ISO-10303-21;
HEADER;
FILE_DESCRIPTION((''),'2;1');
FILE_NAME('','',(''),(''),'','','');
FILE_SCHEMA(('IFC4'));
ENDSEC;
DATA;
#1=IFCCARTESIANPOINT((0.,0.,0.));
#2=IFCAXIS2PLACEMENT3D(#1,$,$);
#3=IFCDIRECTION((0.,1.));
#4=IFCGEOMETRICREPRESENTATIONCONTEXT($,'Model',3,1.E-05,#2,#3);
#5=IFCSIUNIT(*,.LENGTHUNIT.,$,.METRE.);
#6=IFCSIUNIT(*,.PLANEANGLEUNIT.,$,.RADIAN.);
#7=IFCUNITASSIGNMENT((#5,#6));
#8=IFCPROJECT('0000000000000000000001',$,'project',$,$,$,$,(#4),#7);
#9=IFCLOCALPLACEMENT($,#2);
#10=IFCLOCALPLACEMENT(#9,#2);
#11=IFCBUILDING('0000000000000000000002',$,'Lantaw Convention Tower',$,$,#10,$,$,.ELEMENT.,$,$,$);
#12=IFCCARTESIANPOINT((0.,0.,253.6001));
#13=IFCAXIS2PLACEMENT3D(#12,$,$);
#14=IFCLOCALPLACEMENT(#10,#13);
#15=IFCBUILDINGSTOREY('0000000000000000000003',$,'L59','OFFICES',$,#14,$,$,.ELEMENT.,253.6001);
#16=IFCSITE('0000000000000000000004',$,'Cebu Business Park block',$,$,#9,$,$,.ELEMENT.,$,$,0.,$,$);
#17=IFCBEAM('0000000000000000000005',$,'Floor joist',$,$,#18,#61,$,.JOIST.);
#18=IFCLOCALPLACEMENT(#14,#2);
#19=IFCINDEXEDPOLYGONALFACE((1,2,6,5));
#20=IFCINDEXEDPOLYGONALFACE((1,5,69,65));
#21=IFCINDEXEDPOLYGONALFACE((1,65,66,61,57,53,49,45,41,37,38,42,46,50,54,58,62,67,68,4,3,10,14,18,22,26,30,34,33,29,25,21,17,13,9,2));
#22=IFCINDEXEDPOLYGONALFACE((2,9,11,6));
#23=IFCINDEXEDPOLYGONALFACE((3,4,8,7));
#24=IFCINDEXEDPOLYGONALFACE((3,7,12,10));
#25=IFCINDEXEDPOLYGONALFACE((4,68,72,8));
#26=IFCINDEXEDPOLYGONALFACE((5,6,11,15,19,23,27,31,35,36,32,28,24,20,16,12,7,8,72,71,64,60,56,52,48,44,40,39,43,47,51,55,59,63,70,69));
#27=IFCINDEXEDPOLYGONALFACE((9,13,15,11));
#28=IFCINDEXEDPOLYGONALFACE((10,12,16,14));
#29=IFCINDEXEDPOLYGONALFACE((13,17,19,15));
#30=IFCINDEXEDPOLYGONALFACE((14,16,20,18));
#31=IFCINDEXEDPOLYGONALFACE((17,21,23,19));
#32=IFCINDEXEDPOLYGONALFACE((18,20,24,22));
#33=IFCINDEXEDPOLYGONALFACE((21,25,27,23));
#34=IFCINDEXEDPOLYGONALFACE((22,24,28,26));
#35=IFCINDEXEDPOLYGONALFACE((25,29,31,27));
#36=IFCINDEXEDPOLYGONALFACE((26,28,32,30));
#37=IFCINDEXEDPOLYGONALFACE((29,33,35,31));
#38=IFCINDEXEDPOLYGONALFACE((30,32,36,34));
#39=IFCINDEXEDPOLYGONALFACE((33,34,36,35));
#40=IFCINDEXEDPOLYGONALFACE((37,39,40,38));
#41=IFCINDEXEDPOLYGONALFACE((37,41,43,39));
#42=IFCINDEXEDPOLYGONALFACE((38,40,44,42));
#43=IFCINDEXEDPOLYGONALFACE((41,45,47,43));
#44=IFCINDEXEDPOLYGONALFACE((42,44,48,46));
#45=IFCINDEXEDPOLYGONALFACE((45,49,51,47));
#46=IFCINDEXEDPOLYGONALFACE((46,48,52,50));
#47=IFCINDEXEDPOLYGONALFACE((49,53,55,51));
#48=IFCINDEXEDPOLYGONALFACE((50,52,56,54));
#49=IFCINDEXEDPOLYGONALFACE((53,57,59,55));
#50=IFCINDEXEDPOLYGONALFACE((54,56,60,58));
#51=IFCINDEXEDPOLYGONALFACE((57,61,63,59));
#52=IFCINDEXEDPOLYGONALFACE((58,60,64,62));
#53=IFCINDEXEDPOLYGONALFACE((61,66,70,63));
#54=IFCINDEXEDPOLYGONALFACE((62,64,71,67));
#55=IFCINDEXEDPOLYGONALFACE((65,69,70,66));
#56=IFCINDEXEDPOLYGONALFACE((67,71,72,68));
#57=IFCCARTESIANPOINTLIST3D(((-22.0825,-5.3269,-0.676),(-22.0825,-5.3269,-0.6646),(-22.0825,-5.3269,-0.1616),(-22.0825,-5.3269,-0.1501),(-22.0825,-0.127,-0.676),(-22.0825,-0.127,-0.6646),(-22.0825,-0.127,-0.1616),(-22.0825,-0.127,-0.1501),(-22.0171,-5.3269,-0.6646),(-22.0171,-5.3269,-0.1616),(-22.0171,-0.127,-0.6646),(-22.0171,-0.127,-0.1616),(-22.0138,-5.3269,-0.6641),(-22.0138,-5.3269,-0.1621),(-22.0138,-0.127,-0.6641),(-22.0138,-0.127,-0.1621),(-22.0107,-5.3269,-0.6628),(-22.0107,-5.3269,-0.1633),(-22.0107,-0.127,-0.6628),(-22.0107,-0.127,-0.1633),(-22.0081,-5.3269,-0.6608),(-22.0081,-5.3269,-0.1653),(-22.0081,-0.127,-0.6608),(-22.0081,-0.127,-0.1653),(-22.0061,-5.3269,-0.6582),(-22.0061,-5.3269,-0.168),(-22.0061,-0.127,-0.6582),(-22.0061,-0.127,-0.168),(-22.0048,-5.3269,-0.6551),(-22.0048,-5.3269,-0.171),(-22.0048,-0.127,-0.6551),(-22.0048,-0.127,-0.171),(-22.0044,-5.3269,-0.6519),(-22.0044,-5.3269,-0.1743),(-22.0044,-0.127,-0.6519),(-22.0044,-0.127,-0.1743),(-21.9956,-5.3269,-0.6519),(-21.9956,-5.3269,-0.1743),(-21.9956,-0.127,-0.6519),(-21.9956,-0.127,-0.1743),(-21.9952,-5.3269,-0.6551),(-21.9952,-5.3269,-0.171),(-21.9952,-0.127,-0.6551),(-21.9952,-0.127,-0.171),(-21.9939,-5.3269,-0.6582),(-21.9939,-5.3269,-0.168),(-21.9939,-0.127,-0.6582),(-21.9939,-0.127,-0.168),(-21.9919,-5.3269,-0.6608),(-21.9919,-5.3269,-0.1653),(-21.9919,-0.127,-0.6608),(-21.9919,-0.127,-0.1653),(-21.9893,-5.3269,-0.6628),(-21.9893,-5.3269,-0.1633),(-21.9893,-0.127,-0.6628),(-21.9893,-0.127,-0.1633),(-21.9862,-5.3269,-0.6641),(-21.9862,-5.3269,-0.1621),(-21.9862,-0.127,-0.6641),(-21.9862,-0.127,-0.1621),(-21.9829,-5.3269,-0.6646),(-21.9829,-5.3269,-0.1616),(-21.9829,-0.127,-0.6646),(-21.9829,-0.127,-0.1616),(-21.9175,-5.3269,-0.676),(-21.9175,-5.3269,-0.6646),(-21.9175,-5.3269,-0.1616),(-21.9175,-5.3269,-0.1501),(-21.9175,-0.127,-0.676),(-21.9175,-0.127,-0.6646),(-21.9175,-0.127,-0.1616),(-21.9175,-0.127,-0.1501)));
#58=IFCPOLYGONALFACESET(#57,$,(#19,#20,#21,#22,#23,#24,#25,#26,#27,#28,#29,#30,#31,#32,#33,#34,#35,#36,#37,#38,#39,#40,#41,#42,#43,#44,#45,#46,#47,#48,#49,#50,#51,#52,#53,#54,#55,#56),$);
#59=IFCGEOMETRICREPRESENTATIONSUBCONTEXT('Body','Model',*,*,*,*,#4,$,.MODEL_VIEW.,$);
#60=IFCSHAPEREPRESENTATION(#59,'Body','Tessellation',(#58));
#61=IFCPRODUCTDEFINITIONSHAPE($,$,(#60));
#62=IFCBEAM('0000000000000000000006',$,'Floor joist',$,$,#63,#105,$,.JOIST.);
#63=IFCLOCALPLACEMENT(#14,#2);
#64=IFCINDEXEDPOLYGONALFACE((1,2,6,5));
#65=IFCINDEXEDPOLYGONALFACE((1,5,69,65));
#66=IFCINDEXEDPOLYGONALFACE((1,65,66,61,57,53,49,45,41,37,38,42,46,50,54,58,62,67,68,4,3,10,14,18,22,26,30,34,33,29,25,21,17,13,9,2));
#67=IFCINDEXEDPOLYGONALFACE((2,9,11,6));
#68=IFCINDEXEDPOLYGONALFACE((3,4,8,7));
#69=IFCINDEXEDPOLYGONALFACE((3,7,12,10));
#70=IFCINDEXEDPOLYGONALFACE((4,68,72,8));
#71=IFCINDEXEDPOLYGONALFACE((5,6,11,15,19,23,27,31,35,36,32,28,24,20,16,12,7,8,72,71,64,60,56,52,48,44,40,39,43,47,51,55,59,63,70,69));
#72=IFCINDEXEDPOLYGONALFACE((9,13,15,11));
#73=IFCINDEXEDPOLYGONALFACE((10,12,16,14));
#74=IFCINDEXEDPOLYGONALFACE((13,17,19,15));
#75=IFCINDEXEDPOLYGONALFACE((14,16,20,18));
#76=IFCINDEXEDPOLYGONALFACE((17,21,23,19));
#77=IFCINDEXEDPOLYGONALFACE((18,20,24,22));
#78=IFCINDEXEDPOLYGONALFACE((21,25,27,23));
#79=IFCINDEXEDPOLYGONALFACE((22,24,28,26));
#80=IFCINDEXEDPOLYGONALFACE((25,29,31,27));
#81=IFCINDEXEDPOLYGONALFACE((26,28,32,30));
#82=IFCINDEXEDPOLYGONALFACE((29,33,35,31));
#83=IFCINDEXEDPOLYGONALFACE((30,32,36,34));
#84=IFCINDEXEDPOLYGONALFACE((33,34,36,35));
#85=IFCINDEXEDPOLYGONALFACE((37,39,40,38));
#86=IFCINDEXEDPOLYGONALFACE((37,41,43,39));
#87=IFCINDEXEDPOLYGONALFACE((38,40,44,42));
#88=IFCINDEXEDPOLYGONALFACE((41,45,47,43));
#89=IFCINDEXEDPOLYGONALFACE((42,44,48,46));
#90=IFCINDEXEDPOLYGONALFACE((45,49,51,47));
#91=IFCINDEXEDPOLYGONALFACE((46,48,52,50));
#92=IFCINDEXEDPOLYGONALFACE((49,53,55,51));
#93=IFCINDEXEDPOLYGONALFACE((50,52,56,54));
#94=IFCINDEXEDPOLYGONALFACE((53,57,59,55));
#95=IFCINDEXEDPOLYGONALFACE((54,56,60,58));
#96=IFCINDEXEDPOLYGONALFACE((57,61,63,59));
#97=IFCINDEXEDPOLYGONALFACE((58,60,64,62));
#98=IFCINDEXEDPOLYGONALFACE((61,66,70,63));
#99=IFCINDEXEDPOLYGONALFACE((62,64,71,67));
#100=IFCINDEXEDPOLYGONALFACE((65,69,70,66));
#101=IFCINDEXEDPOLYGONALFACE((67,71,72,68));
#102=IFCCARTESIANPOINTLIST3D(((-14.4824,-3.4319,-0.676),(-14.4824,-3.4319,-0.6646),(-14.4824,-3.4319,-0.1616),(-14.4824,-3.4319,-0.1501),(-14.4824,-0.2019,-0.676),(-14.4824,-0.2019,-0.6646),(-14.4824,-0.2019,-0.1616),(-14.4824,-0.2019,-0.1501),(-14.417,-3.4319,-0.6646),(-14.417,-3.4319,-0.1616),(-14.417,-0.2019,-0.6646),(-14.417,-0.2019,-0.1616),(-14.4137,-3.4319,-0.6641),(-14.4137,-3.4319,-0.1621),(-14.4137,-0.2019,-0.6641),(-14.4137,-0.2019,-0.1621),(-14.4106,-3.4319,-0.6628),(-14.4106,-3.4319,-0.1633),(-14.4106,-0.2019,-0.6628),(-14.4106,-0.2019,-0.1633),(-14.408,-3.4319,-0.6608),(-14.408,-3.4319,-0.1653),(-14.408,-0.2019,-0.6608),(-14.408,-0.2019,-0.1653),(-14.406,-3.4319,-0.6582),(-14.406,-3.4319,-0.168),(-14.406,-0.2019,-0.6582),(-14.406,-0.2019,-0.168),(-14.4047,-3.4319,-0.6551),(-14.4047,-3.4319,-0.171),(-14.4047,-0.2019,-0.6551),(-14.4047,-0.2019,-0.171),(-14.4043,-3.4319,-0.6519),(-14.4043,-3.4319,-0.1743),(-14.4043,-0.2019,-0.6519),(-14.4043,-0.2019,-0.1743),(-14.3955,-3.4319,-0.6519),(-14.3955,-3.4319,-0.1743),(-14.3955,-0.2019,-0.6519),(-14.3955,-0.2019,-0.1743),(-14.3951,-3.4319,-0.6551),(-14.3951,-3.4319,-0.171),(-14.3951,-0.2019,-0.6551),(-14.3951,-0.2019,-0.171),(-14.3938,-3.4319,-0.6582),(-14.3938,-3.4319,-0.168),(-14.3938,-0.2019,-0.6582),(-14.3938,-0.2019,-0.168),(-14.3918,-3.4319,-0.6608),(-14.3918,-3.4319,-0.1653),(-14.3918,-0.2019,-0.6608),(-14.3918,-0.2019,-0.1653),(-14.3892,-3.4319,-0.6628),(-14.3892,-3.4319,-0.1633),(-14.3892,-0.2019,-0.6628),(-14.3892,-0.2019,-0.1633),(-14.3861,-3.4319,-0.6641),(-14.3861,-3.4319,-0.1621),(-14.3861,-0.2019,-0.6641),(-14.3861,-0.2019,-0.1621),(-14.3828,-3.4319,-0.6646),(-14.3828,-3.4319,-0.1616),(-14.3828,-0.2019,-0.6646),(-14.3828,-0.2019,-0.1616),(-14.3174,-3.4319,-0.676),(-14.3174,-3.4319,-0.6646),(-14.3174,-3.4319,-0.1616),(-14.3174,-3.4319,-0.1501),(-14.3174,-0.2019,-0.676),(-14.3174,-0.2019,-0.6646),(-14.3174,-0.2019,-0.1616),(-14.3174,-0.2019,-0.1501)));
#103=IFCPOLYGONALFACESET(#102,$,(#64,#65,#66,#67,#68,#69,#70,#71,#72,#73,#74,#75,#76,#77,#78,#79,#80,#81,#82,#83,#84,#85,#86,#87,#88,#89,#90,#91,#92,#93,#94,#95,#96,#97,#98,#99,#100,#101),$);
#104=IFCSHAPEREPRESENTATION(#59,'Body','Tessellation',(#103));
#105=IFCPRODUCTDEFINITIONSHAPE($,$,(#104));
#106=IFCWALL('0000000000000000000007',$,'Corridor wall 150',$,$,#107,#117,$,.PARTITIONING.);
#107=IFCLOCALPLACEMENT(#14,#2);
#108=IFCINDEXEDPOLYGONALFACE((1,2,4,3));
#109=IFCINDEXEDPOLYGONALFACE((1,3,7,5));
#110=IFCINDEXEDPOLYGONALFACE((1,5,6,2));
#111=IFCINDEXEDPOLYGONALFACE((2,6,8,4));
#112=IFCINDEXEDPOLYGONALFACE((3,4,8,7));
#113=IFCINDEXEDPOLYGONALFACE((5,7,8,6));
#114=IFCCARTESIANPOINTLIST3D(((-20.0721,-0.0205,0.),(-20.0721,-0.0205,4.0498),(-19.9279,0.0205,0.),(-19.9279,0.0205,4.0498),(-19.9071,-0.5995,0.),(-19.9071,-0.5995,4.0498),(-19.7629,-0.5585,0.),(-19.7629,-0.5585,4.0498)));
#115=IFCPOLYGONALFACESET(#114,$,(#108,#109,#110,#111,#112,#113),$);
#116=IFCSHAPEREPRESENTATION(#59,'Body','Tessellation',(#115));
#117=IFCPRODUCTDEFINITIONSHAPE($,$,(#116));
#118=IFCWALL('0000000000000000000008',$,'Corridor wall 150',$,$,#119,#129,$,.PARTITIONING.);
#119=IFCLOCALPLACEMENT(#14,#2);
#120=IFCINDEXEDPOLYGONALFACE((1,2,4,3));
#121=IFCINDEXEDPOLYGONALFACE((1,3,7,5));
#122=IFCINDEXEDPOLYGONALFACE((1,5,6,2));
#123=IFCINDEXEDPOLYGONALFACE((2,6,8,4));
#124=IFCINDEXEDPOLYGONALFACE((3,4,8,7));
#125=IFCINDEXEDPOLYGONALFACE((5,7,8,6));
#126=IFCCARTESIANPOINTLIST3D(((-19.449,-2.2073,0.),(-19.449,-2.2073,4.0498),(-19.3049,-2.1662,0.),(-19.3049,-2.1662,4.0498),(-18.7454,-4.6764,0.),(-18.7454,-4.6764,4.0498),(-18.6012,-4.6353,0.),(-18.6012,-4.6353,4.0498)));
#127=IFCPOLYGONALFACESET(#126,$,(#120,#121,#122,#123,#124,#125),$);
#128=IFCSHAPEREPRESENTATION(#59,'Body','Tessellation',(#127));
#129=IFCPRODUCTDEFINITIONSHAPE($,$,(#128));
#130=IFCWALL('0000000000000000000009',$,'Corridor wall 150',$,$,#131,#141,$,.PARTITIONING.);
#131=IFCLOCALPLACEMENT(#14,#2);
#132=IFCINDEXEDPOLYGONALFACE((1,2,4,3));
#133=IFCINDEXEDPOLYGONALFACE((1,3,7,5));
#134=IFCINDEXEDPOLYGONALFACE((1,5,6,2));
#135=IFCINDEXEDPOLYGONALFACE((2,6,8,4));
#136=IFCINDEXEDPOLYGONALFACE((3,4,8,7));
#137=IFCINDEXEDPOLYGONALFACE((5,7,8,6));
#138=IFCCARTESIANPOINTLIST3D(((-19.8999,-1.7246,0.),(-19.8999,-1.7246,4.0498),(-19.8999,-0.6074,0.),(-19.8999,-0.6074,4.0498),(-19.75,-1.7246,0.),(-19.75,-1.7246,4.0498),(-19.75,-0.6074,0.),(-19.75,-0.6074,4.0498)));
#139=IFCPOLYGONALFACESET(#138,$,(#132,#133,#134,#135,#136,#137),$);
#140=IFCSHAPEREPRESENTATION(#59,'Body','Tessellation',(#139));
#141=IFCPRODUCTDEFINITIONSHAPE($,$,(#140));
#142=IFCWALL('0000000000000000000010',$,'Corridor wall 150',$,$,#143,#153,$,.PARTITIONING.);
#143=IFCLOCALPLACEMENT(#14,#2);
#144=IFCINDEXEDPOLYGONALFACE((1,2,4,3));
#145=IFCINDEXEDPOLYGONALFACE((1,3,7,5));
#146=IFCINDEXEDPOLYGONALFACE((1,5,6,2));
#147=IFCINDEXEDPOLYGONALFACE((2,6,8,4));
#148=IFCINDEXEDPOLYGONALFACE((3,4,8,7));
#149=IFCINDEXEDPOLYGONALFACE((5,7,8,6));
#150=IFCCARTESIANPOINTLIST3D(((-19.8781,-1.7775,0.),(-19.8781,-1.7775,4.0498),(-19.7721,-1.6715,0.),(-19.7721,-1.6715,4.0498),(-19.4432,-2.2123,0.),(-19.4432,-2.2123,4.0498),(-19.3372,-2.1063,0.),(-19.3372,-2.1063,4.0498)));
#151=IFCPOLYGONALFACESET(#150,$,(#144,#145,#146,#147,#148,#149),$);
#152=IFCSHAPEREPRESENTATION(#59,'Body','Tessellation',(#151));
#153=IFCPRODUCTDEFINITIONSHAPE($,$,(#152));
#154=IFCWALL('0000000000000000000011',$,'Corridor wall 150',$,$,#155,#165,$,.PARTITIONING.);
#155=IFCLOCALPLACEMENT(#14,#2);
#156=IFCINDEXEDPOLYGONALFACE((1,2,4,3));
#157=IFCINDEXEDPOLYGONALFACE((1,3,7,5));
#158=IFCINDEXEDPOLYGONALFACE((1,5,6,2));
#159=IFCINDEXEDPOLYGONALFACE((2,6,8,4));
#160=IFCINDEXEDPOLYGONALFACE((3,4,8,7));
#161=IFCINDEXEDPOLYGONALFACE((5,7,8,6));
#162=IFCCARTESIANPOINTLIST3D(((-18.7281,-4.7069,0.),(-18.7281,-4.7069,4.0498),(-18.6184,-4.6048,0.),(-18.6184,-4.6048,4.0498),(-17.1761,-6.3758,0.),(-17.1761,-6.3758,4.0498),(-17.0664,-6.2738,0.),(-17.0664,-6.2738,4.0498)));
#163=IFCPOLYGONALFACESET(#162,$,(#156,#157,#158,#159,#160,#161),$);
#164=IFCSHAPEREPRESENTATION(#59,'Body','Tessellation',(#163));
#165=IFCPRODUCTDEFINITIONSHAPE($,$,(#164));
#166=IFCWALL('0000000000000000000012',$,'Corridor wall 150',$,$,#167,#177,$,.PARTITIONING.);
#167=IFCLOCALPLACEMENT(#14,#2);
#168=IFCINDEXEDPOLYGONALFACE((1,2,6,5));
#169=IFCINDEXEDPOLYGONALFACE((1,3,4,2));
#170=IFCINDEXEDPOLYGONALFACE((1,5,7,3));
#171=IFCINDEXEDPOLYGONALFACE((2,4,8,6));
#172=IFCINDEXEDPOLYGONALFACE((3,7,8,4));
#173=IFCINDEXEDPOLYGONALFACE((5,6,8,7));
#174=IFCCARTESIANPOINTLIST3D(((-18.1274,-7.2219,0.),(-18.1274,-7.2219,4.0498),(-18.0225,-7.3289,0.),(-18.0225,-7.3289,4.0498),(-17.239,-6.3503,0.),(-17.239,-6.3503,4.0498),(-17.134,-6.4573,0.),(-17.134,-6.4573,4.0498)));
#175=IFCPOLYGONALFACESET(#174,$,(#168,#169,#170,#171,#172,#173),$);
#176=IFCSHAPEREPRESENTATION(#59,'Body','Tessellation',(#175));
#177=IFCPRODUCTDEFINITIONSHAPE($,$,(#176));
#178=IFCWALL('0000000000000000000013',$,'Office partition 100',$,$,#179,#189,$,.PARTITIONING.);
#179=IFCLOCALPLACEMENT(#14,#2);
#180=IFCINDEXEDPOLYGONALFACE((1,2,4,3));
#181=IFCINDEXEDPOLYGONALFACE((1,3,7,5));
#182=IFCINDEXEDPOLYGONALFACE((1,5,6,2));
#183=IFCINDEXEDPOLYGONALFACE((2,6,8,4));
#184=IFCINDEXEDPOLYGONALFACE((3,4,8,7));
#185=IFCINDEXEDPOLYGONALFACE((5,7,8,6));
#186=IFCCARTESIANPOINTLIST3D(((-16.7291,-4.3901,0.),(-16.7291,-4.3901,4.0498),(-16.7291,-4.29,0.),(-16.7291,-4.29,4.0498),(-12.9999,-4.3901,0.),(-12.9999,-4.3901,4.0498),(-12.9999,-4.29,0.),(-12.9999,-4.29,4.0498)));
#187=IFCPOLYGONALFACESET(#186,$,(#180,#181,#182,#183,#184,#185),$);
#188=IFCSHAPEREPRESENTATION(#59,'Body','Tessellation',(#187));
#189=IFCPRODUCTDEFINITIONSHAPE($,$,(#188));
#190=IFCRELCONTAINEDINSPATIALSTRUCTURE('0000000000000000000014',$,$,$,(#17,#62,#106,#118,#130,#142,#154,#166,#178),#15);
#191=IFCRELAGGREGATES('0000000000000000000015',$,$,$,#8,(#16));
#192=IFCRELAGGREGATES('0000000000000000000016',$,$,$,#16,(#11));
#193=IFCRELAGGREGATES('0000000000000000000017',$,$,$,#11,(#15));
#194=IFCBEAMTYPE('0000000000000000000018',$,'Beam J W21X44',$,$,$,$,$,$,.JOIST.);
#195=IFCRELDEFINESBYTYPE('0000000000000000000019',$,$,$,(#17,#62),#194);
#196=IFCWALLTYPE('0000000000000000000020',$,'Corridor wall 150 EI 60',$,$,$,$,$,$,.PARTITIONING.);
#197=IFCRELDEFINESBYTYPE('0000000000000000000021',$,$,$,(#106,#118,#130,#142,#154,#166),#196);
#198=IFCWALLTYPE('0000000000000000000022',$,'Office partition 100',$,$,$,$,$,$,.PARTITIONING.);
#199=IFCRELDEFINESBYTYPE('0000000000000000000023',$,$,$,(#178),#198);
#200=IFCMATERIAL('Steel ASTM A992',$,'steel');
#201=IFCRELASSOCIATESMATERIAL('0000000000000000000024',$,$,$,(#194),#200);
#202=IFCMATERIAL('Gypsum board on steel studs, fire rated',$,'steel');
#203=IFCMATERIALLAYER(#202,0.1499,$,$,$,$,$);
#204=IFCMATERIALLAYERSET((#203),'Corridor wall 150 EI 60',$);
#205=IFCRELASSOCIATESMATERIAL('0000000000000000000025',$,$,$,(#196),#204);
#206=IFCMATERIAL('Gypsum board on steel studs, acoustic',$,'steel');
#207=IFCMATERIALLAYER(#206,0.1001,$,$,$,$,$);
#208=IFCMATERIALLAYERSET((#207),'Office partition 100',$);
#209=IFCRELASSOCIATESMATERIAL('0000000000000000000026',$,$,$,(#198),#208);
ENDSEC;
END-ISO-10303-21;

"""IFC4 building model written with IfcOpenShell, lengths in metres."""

from ifc_helpers import new_model, si_unit, direction, frame, frame_2d, origin, origin_2d, place, context, subcontext, project, spatial, rectangle, i_section, extrude, material, layer, layer_set, material_profile, profile_set, type_object, element, save


model = new_model("IFC4")

# Units and contexts
model_context = context("Model", 3, precision=1e-05, world=origin(), true_north=direction((0.0, 1.0)))
body_context = subcontext(model_context, "Body", "Model", "MODEL_VIEW")
ifc_project = project(units=[si_unit("LENGTHUNIT", "METRE"), si_unit("PLANEANGLEUNIT", "RADIAN")], contexts=[model_context])

# Site, building, storey
site_placement = place(None, origin())
site = spatial("IfcSite", under=ifc_project, at=site_placement, Name="Cebu Business Park block", CompositionType="ELEMENT", RefElevation=0.0)
building_placement = place(site_placement, origin())
building = spatial("IfcBuilding", under=site, at=building_placement, Name="Lantaw Convention Tower", CompositionType="ELEMENT")
storey_placement = place(building_placement, frame((0.0, 0.0, 253.6001)))
storey = spatial("IfcBuildingStorey", under=building, at=storey_placement, Name="L59", Description="OFFICES", CompositionType="ELEMENT", Elevation=253.6001)

# Beams
ifc_material_1 = material(Name="Steel ASTM A992", Category="steel")
ifc_material_profile_1 = material_profile(ifc_material_1, i_section(OverallWidth=0.165, OverallDepth=0.5259, WebThickness=0.0088, FlangeThickness=0.0115, FilletRadius=0.0127, at=origin_2d()), Name="W21X44")
ifc_profile_set_1 = profile_set([ifc_material_profile_1], Name="Steel ASTM A992")
beam_type_1 = type_object("IfcBeamType", Name="Beam J W21X44", PredefinedType="JOIST", material=ifc_profile_set_1)
beam_1_placement = place(storey_placement, frame((-22.0, -5.3269, -0.4131), z_axis=(0.0, 1.0, 0.0), x_axis=(-1.0, 0.0, 0.0)))
element("IfcBeam", 1, at=beam_1_placement, inside=storey, type_object=beam_type_1, Name="Floor joist", PredefinedType="JOIST", context=body_context, shape_type="SweptSolid", body=[
    extrude(i_section(OverallWidth=0.165, OverallDepth=0.5259, WebThickness=0.0088, FlangeThickness=0.0115, FilletRadius=0.0127, at=origin_2d()), origin(), (0.0, 0.0, 1.0), 5.2),
])
beam_2_placement = place(storey_placement, frame((-14.3999, -3.4319, -0.4131), z_axis=(0.0, 1.0, 0.0), x_axis=(-1.0, 0.0, 0.0)))
element("IfcBeam", 2, at=beam_2_placement, inside=storey, type_object=beam_type_1, Name="Floor joist", PredefinedType="JOIST", context=body_context, shape_type="SweptSolid", body=[
    extrude(i_section(OverallWidth=0.165, OverallDepth=0.5259, WebThickness=0.0088, FlangeThickness=0.0115, FilletRadius=0.0127, at=origin_2d()), origin(), (0.0, 0.0, 1.0), 3.23),
])

# Walls
ifc_material_2 = material(Name="Gypsum board on steel studs, fire rated", Category="steel")
ifc_layer_1 = layer(ifc_material_2, 0.1499)
ifc_layer_set_1 = layer_set([ifc_layer_1], Name="Corridor wall 150 EI 60")
wall_type_1 = type_object("IfcWallType", Name="Corridor wall 150 EI 60", PredefinedType="PARTITIONING", material=ifc_layer_set_1)
wall_1_placement = place(storey_placement, frame((-20.0, 0.0, 0.0), z_axis=(0.0, 0.0, 1.0), x_axis=(0.274078, -0.961707, 0.0)))
element("IfcWall", 3, at=wall_1_placement, inside=storey, type_object=wall_type_1, Name="Corridor wall 150", PredefinedType="PARTITIONING", context=body_context, shape_type="SweptSolid", body=[
    extrude(rectangle(XDim=0.6021, YDim=0.1499, at=frame_2d((0.301, 0.0))), origin(), (0.0, 0.0, 1.0), 4.0498),
])
wall_2_placement = place(storey_placement, frame((-19.377, -2.1868, 0.0), z_axis=(0.0, 0.0, 1.0), x_axis=(0.274068, -0.96171, 0.0)))
element("IfcWall", 4, at=wall_2_placement, inside=storey, type_object=wall_type_1, Name="Corridor wall 150", PredefinedType="PARTITIONING", context=body_context, shape_type="SweptSolid", body=[
    extrude(rectangle(XDim=2.5674, YDim=0.1499, at=frame_2d((1.2837, 0.0))), origin(), (0.0, 0.0, 1.0), 4.0498),
])
wall_3_placement = place(storey_placement, frame((-19.825, -1.7246, 0.0), z_axis=(0.0, 0.0, 1.0), x_axis=(0.0, 1.0, 0.0)))
element("IfcWall", 5, at=wall_3_placement, inside=storey, type_object=wall_type_1, Name="Corridor wall 150", PredefinedType="PARTITIONING", context=body_context, shape_type="SweptSolid", body=[
    extrude(rectangle(XDim=1.1172, YDim=0.1499, at=frame_2d((0.5586, 0.0))), origin(), (0.0, 0.0, 1.0), 4.0498),
])
wall_4_placement = place(storey_placement, frame((-19.3901, -2.1594, 0.0), z_axis=(0.0, 0.0, 1.0), x_axis=(-0.707107, 0.707107, 0.0)))
element("IfcWall", 6, at=wall_4_placement, inside=storey, type_object=wall_type_1, Name="Corridor wall 150", PredefinedType="PARTITIONING", context=body_context, shape_type="SweptSolid", body=[
    extrude(rectangle(XDim=0.615, YDim=0.1499, at=frame_2d((0.3076, 0.0))), origin(), (0.0, 0.0, 1.0), 4.0498),
])
wall_5_placement = place(storey_placement, frame((-18.6733, -4.6558, 0.0), z_axis=(0.0, 0.0, 1.0), x_axis=(0.680985, -0.732297, 0.0)))
element("IfcWall", 7, at=wall_5_placement, inside=storey, type_object=wall_type_1, Name="Corridor wall 150", PredefinedType="PARTITIONING", context=body_context, shape_type="SweptSolid", body=[
    extrude(rectangle(XDim=2.2791, YDim=0.1499, at=frame_2d((1.1396, 0.0))), origin(), (0.0, 0.0, 1.0), 4.0498),
])
wall_6_placement = place(storey_placement, frame((-18.075, -7.2754, 0.0), z_axis=(0.0, 0.0, 1.0), x_axis=(0.713842, 0.700307, 0.0)))
element("IfcWall", 8, at=wall_6_placement, inside=storey, type_object=wall_type_1, Name="Corridor wall 150", PredefinedType="PARTITIONING", context=body_context, shape_type="SweptSolid", body=[
    extrude(rectangle(XDim=1.2446, YDim=0.1499, at=frame_2d((0.6223, 0.0))), origin(), (0.0, 0.0, 1.0), 4.0498),
])
ifc_material_3 = material(Name="Gypsum board on steel studs, acoustic", Category="steel")
ifc_layer_2 = layer(ifc_material_3, 0.1001)
ifc_layer_set_2 = layer_set([ifc_layer_2], Name="Office partition 100")
wall_type_2 = type_object("IfcWallType", Name="Office partition 100", PredefinedType="PARTITIONING", material=ifc_layer_set_2)
wall_7_placement = place(storey_placement, frame((-16.7292, -4.3401, 0.0), z_axis=(0.0, 0.0, 1.0), x_axis=(1.0, 0.0, 0.0)))
element("IfcWall", 9, at=wall_7_placement, inside=storey, type_object=wall_type_2, Name="Office partition 100", PredefinedType="PARTITIONING", context=body_context, shape_type="SweptSolid", body=[
    extrude(rectangle(XDim=3.7292, YDim=0.1001, at=frame_2d((1.8647, 0.0))), origin(), (0.0, 0.0, 1.0), 4.0498),
])

save(model, "model.ifc")
